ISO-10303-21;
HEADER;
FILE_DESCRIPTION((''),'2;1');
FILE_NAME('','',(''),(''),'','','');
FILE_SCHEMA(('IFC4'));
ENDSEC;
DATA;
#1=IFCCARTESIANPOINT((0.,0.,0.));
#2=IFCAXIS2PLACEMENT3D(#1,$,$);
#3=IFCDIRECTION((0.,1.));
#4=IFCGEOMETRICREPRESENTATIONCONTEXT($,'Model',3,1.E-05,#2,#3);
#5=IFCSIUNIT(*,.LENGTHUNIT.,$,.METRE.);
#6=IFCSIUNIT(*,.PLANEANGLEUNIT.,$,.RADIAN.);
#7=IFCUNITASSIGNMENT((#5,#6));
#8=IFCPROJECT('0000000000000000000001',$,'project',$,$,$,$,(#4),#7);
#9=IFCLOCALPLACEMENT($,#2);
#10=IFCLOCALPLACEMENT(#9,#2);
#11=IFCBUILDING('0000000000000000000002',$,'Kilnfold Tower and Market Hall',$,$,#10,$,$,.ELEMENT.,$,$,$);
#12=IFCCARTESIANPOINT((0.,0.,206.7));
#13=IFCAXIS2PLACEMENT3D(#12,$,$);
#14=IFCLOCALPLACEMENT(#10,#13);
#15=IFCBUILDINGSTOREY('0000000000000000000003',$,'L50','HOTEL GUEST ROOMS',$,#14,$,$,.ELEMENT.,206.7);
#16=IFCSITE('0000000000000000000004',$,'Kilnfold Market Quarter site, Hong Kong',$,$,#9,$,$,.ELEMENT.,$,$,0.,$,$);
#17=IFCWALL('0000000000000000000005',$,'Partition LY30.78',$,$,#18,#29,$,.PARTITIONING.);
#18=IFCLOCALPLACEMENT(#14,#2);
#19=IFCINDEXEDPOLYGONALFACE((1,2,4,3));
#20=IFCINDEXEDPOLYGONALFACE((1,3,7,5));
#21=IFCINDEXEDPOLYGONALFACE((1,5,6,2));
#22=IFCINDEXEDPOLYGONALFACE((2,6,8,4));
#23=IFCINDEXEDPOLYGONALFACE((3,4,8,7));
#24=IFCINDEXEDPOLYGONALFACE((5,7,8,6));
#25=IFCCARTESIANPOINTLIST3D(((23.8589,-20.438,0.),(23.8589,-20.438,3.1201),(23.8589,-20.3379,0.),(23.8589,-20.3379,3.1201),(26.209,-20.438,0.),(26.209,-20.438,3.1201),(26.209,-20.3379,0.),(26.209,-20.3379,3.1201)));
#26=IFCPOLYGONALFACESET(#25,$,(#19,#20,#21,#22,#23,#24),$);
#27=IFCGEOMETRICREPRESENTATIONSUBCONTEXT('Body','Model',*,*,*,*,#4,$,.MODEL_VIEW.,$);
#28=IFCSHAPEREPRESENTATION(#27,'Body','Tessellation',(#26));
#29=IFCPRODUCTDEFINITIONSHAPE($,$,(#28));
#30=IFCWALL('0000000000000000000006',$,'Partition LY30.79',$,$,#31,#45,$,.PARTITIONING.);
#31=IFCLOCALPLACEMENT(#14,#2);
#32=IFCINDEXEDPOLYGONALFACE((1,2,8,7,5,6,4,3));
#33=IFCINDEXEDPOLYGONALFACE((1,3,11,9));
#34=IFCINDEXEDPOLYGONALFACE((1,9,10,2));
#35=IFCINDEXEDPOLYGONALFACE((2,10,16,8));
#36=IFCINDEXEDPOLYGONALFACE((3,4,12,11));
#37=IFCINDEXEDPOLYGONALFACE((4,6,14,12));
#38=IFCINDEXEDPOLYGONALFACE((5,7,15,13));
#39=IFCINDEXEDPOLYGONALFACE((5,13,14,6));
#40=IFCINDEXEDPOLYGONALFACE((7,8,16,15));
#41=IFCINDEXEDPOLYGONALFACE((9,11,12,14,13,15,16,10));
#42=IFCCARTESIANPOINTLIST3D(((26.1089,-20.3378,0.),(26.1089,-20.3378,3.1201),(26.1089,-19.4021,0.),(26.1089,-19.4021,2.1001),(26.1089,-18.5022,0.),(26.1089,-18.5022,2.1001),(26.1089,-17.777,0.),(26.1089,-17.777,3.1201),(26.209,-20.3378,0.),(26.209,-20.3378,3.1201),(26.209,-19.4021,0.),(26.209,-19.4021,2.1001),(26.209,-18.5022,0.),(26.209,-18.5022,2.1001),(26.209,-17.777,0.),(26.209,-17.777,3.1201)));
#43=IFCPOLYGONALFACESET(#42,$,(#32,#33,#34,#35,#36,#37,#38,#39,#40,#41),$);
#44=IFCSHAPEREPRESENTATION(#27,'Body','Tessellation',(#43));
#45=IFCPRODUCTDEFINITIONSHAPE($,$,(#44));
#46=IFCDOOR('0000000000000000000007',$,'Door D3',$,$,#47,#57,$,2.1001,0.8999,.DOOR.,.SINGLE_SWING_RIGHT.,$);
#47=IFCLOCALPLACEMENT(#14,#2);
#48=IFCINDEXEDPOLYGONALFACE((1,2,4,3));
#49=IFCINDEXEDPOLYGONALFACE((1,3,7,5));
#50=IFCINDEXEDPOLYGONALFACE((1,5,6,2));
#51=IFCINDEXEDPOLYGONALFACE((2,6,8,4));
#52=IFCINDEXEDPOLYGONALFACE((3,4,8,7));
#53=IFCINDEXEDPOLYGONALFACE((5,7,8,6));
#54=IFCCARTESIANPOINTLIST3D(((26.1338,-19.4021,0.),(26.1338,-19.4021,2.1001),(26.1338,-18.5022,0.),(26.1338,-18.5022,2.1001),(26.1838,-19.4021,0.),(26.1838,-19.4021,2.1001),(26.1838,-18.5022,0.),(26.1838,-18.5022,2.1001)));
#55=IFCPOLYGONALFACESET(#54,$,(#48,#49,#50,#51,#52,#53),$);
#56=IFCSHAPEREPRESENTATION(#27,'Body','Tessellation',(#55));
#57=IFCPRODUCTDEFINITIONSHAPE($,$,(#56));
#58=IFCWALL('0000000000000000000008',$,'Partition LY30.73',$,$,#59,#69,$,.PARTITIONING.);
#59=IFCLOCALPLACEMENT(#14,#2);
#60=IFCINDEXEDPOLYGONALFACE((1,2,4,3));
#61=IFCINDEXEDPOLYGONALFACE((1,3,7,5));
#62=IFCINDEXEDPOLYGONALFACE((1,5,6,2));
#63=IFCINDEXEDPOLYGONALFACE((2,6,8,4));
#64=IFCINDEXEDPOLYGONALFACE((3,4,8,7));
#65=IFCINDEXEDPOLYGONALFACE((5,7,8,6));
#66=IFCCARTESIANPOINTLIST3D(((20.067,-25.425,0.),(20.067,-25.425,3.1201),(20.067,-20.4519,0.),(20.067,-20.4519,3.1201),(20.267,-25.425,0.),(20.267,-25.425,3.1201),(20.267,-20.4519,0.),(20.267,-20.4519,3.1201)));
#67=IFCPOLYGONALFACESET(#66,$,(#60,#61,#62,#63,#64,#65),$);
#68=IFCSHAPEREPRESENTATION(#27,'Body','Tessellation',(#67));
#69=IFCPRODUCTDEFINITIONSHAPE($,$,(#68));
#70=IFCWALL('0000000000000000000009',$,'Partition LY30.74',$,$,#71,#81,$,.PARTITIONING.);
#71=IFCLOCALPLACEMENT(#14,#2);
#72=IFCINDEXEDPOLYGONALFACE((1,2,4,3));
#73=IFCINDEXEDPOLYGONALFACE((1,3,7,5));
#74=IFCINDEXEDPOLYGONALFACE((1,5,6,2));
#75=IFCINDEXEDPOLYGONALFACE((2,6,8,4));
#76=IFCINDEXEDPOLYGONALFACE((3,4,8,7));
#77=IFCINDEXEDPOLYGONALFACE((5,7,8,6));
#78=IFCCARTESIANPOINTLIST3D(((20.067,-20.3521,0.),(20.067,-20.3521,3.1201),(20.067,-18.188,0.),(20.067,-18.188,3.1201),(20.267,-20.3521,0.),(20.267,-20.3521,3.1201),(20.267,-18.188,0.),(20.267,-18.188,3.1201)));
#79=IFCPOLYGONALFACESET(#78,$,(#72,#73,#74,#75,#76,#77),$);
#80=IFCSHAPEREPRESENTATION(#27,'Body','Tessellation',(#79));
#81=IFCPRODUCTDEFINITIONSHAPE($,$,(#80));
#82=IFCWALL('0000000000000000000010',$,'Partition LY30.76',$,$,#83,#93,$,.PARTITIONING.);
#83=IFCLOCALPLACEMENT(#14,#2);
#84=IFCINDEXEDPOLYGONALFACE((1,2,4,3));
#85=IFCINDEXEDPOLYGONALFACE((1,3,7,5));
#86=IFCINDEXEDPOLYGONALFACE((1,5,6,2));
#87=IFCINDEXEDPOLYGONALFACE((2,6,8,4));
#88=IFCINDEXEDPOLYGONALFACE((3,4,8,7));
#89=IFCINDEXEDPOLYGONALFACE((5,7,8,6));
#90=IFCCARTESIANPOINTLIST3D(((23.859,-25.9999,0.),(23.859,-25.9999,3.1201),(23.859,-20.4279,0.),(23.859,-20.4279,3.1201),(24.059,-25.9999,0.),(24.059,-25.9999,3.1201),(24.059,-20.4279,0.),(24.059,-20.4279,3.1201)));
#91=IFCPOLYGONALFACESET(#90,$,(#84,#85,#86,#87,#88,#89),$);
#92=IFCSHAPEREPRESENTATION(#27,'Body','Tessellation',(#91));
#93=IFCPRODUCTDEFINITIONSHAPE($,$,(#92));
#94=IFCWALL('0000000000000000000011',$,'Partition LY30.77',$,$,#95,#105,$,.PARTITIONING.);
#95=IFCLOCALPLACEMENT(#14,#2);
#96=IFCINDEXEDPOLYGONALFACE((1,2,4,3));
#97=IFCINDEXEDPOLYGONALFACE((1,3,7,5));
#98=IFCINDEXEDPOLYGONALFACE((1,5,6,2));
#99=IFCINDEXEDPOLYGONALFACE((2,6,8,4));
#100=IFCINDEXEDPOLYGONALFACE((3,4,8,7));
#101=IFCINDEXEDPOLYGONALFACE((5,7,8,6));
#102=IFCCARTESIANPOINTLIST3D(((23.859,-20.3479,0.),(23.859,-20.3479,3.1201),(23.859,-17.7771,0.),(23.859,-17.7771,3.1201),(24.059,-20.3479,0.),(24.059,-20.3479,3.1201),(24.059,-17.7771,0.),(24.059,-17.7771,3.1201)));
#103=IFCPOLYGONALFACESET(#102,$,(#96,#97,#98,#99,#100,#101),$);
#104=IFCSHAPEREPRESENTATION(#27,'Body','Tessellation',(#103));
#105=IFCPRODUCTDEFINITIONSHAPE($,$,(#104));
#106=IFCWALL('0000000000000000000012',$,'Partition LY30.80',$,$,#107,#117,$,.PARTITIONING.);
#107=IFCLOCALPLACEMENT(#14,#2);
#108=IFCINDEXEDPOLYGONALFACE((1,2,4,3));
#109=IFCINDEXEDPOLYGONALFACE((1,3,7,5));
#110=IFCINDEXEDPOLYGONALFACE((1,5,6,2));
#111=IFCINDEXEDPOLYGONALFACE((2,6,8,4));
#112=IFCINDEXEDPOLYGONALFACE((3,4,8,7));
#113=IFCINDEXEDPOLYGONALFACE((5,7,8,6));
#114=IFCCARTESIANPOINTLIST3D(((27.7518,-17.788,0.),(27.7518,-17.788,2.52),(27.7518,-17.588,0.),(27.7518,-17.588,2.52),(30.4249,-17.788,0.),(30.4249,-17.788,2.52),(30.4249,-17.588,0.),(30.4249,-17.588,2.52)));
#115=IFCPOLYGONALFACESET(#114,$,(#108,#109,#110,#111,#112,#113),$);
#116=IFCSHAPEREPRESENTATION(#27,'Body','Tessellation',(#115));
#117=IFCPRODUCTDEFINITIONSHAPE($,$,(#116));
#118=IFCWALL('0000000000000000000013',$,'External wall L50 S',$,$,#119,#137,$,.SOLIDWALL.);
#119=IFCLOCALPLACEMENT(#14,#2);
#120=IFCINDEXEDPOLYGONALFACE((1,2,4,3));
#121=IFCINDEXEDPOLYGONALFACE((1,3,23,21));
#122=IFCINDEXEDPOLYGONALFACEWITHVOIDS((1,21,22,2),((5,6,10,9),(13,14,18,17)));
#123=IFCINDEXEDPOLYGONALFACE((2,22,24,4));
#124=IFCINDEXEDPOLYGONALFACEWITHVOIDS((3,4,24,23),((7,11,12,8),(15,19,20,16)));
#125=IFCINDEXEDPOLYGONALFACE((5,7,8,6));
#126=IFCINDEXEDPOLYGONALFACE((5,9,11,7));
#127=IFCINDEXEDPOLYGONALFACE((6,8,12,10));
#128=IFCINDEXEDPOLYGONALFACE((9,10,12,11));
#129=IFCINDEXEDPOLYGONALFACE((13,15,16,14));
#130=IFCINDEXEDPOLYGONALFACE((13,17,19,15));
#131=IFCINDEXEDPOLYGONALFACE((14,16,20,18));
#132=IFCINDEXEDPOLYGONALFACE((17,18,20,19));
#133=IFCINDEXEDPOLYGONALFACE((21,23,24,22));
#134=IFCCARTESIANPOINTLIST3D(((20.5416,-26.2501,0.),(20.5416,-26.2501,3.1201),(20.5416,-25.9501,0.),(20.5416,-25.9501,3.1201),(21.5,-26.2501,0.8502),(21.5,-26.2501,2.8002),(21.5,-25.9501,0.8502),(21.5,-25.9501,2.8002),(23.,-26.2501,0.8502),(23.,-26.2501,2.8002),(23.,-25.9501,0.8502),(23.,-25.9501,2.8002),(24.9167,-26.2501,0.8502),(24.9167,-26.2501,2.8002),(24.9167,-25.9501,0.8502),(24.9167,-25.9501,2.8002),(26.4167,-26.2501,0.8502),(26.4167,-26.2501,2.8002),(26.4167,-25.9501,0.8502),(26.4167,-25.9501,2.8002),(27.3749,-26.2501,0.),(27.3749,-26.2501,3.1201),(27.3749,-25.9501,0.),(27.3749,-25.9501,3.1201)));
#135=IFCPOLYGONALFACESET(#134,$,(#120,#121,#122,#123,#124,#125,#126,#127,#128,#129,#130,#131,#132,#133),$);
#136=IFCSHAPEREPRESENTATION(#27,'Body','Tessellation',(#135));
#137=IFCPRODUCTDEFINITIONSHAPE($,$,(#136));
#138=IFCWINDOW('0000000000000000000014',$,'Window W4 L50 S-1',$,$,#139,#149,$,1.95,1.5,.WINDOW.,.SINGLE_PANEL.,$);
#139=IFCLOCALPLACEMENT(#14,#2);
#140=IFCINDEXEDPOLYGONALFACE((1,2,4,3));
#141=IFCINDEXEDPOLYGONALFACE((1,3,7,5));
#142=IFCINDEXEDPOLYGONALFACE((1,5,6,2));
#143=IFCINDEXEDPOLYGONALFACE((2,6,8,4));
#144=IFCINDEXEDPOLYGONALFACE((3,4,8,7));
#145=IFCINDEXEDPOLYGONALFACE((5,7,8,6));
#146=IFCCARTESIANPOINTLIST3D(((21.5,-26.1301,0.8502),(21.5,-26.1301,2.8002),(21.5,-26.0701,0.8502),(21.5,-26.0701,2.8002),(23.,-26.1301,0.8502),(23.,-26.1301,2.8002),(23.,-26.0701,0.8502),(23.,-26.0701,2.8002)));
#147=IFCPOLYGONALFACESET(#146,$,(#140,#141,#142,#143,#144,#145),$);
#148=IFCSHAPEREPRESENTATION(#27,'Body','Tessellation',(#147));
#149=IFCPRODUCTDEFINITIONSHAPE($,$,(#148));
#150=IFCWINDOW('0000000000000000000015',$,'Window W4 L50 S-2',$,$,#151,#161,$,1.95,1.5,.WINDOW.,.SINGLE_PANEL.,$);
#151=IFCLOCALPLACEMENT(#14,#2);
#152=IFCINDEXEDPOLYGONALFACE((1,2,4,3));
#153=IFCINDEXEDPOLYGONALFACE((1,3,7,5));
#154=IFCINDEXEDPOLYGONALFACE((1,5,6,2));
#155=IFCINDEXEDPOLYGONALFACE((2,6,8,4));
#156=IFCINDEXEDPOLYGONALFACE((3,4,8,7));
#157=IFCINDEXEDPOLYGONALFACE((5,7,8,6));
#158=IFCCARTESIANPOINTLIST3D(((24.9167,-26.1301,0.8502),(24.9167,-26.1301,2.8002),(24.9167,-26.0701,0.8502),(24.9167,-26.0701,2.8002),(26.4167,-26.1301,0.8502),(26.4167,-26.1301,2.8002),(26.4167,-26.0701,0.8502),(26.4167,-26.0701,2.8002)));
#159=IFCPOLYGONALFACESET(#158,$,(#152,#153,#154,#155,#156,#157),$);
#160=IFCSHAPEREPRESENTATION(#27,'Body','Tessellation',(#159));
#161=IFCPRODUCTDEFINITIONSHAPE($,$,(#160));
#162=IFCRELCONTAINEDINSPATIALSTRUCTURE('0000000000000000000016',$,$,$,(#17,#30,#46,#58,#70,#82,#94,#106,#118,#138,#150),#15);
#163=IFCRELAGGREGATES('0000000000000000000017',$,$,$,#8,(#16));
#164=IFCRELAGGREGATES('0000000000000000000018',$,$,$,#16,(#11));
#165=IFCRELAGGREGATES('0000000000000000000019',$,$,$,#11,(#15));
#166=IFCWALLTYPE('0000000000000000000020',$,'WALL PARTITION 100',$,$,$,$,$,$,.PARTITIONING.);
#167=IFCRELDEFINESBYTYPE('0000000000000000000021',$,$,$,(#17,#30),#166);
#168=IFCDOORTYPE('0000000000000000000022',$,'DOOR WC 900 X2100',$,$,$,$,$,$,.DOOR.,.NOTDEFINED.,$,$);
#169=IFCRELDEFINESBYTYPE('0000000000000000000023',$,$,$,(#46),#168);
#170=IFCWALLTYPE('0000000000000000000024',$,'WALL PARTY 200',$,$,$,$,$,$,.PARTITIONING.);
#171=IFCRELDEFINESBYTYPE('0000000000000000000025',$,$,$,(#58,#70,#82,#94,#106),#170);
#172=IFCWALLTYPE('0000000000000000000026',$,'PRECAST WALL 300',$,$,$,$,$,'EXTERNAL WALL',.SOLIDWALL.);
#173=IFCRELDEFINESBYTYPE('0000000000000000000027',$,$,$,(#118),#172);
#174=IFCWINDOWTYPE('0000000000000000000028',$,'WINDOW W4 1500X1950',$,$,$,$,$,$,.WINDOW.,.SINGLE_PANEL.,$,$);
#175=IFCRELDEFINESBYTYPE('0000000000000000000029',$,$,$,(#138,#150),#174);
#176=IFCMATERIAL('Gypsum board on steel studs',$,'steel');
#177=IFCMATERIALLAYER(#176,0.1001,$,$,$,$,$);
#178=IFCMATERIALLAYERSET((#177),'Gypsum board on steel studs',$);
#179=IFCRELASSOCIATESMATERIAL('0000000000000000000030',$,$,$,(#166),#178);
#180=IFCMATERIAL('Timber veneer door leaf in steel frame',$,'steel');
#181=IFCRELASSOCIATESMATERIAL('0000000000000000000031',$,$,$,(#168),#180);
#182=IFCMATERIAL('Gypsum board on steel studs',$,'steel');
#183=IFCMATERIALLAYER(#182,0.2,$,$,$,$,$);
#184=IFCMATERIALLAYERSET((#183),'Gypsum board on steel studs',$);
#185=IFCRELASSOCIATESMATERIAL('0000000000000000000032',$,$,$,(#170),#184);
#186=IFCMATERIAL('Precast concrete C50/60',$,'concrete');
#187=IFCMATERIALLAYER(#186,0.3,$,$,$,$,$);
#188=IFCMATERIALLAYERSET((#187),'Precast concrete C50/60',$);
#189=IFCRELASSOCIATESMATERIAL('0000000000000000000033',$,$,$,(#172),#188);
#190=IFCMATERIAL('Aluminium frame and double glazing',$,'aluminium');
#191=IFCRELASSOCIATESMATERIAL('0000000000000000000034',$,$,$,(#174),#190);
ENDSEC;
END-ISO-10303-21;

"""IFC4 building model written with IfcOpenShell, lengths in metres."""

from ifc_helpers import new_model, si_unit, direction, frame, frame_2d, origin, place, context, subcontext, project, spatial, rectangle, extrude, source, transform, mapped, material, layer, layer_set, type_object, element, fill, save


model = new_model("IFC4")

# Units and contexts
model_context = context("Model", 3, precision=1e-05, world=origin(), true_north=direction((0.0, 1.0)))
body_context = subcontext(model_context, "Body", "Model", "MODEL_VIEW")
ifc_project = project(units=[si_unit("LENGTHUNIT", "METRE"), si_unit("PLANEANGLEUNIT", "RADIAN")], contexts=[model_context])

# Site, building, storey
site_placement = place(None, origin())
site = spatial("IfcSite", under=ifc_project, at=site_placement, Name="Kilnfold Market Quarter site, Hong Kong", CompositionType="ELEMENT", RefElevation=0.0)
building_placement = place(site_placement, origin())
building = spatial("IfcBuilding", under=site, at=building_placement, Name="Kilnfold Tower and Market Hall", CompositionType="ELEMENT")
storey_placement = place(building_placement, frame((0.0, 0.0, 206.7)))
storey = spatial("IfcBuildingStorey", under=building, at=storey_placement, Name="L50", Description="HOTEL GUEST ROOMS", CompositionType="ELEMENT", Elevation=206.7)

# Shared definitions
ifc_material_1 = material(Name="Gypsum board on steel studs", Category="steel")
ifc_layer_1 = layer(ifc_material_1, 0.1001)
ifc_layer_set_1 = layer_set([ifc_layer_1], Name="Gypsum board on steel studs")
wall_type_1 = type_object("IfcWallType", Name="WALL PARTITION 100", PredefinedType="PARTITIONING", material=ifc_layer_set_1)
ifc_material_2 = material(Name="Timber veneer door leaf in steel frame", Category="steel")
door_type_1 = type_object("IfcDoorType", Name="DOOR WC 900 X2100", OperationType="NOTDEFINED", PredefinedType="DOOR", material=ifc_material_2)

# Wall
wall_1_placement = place(storey_placement, frame((23.8589, -20.3879, 0.0), z_axis=(0.0, 0.0, 1.0), x_axis=(1.0, 0.0, 0.0)))
element("IfcWall", 1, at=wall_1_placement, inside=storey, type_object=wall_type_1, Name="Partition LY30.78", PredefinedType="PARTITIONING", context=body_context, shape_type="SweptSolid", body=[
    extrude(rectangle(XDim=2.3501, YDim=0.1001, at=frame_2d((1.175, 0.0))), origin(), (0.0, 0.0, 1.0), 3.1201),
])

# Wall, opening, door
wall_2_placement = place(storey_placement, frame((26.1589, -17.7771, 0.0), z_axis=(0.0, 0.0, 1.0), x_axis=(0.0, -1.0, 0.0)))
wall_2 = element("IfcWall", 2, at=wall_2_placement, inside=storey, type_object=wall_type_1, Name="Partition LY30.79", PredefinedType="PARTITIONING", context=body_context, shape_type="SweptSolid", body=[
    extrude(rectangle(XDim=2.5608, YDim=0.1001, at=frame_2d((1.2803, 0.0))), origin(), (0.0, 0.0, 1.0), 3.1201),
])
opening_1_placement = place(wall_2_placement, frame((0.7251, 0.0, 0.0)))
opening_1 = element("IfcOpeningElement", 3, at=opening_1_placement, cuts=wall_2, PredefinedType="OPENING", context=body_context, shape_type="SweptSolid", body=[
    extrude(rectangle(XDim=0.8999, YDim=2.1001, at=frame_2d((0.45, 1.05))), frame((0.0, 0.0601, 0.0), z_axis=(0.0, -1.0, 0.0), x_axis=(1.0, 0.0, 0.0)), (0.0, 0.0, 1.0), 0.1201),
])
door_1_placement = place(opening_1_placement, origin())
door_1 = element("IfcDoor", 4, at=door_1_placement, inside=storey, type_object=door_type_1, Name="Door D3", OperationType="SINGLE_SWING_RIGHT", OverallHeight=2.1001, OverallWidth=0.8999, PredefinedType="DOOR", context=body_context, shape_type="SweptSolid", body=[
    extrude(rectangle(XDim=0.8999, YDim=2.1001, at=frame_2d((0.45, 1.05))), frame((0.0, 0.0249, 0.0), z_axis=(0.0, -1.0, 0.0), x_axis=(1.0, 0.0, 0.0)), (0.0, 0.0, 1.0), 0.05),
])
fill(opening_1, door_1)

# Walls
ifc_material_3 = material(Name="Gypsum board on steel studs", Category="steel")
ifc_layer_2 = layer(ifc_material_3, 0.2)
ifc_layer_set_2 = layer_set([ifc_layer_2], Name="Gypsum board on steel studs")
wall_type_2 = type_object("IfcWallType", Name="WALL PARTY 200", PredefinedType="PARTITIONING", material=ifc_layer_set_2)
wall_3_placement = place(storey_placement, frame((20.167, -25.425, 0.0), z_axis=(0.0, 0.0, 1.0), x_axis=(0.0, 1.0, 0.0)))
element("IfcWall", 5, at=wall_3_placement, inside=storey, type_object=wall_type_2, Name="Partition LY30.73", PredefinedType="PARTITIONING", context=body_context, shape_type="SweptSolid", body=[
    extrude(rectangle(XDim=4.9731, YDim=0.2, at=frame_2d((2.4866, 0.0))), origin(), (0.0, 0.0, 1.0), 3.1201),
])
wall_4_placement = place(storey_placement, frame((20.167, -20.3521, 0.0), z_axis=(0.0, 0.0, 1.0), x_axis=(0.0, 1.0, 0.0)))
element("IfcWall", 6, at=wall_4_placement, inside=storey, type_object=wall_type_2, Name="Partition LY30.74", PredefinedType="PARTITIONING", context=body_context, shape_type="SweptSolid", body=[
    extrude(rectangle(XDim=2.1641, YDim=0.2, at=frame_2d((1.082, 0.0))), origin(), (0.0, 0.0, 1.0), 3.1201),
])
wall_5_placement = place(storey_placement, frame((23.959, -26.0, 0.0), z_axis=(0.0, 0.0, 1.0), x_axis=(0.0, 1.0, 0.0)))
element("IfcWall", 7, at=wall_5_placement, inside=storey, type_object=wall_type_2, Name="Partition LY30.76", PredefinedType="PARTITIONING", context=body_context, shape_type="SweptSolid", body=[
    extrude(rectangle(XDim=5.572, YDim=0.2, at=frame_2d((2.7861, 0.0))), origin(), (0.0, 0.0, 1.0), 3.1201),
])
wall_6_placement = place(storey_placement, frame((23.959, -20.3479, 0.0), z_axis=(0.0, 0.0, 1.0), x_axis=(0.0, 1.0, 0.0)))
element("IfcWall", 8, at=wall_6_placement, inside=storey, type_object=wall_type_2, Name="Partition LY30.77", PredefinedType="PARTITIONING", context=body_context, shape_type="SweptSolid", body=[
    extrude(rectangle(XDim=2.5708, YDim=0.2, at=frame_2d((1.2854, 0.0))), origin(), (0.0, 0.0, 1.0), 3.1201),
])
wall_7_placement = place(storey_placement, frame((27.752, -17.688, 0.0), z_axis=(0.0, 0.0, 1.0), x_axis=(1.0, 0.0, 0.0)))
element("IfcWall", 9, at=wall_7_placement, inside=storey, type_object=wall_type_2, Name="Partition LY30.80", PredefinedType="PARTITIONING", context=body_context, shape_type="SweptSolid", body=[
    extrude(rectangle(XDim=2.6731, YDim=0.2, at=frame_2d((1.3364, 0.0))), origin(), (0.0, 0.0, 1.0), 2.52),
])

# Wall, openings, windows
ifc_material_4 = material(Name="Precast concrete C50/60", Category="concrete")
ifc_layer_3 = layer(ifc_material_4, 0.3)
ifc_layer_set_3 = layer_set([ifc_layer_3], Name="Precast concrete C50/60")
wall_type_3 = type_object("IfcWallType", Name="PRECAST WALL 300", ElementType="EXTERNAL WALL", PredefinedType="SOLIDWALL", material=ifc_layer_set_3)
shared_shape_1 = source(origin(), body_context, "Body", "SweptSolid", [
    extrude(rectangle(XDim=6.8333, YDim=0.3, at=frame_2d((3.4165, 0.0))), origin(), (0.0, 0.0, 1.0), 3.1201),
])
wall_8_placement = place(storey_placement, frame((20.5417, -26.1001, 0.0), z_axis=(0.0, 0.0, 1.0), x_axis=(1.0, 0.0, 0.0)))
wall_8 = element("IfcWall", 10, at=wall_8_placement, inside=storey, type_object=wall_type_3, Name="External wall L50 S", PredefinedType="SOLIDWALL", context=body_context, shape_type="MappedRepresentation", body=[
    mapped(shared_shape_1, transform((0.0, 0.0, 0.0))),
])
opening_2_placement = place(wall_8_placement, frame((0.9583, 0.0, 0.8501)))
opening_2 = element("IfcOpeningElement", 11, at=opening_2_placement, cuts=wall_8, PredefinedType="OPENING", context=body_context, shape_type="SweptSolid", body=[
    extrude(rectangle(XDim=1.5, YDim=1.95, at=frame_2d((0.75, 0.9751))), frame((0.0, 0.1602, 0.0), z_axis=(0.0, -1.0, 0.0), x_axis=(1.0, 0.0, 0.0)), (0.0, 0.0, 1.0), 0.3201),
])
opening_3_placement = place(wall_8_placement, frame((4.375, 0.0, 0.8501)))
opening_3 = element("IfcOpeningElement", 12, at=opening_3_placement, cuts=wall_8, PredefinedType="OPENING", context=body_context, shape_type="SweptSolid", body=[
    extrude(rectangle(XDim=1.5, YDim=1.95, at=frame_2d((0.75, 0.9751))), frame((0.0, 0.1602, 0.0), z_axis=(0.0, -1.0, 0.0), x_axis=(1.0, 0.0, 0.0)), (0.0, 0.0, 1.0), 0.3201),
])
ifc_material_5 = material(Name="Aluminium frame and double glazing", Category="aluminium")
window_type = type_object("IfcWindowType", Name="WINDOW W4 1500X1950", PartitioningType="SINGLE_PANEL", PredefinedType="WINDOW", material=ifc_material_5)
window_1_placement = place(opening_2_placement, origin())
window_1 = element("IfcWindow", 13, at=window_1_placement, inside=storey, type_object=window_type, Name="Window W4 L50 S-1", OverallHeight=1.95, OverallWidth=1.5, PartitioningType="SINGLE_PANEL", PredefinedType="WINDOW", context=body_context, shape_type="SweptSolid", body=[
    extrude(rectangle(XDim=1.5, YDim=1.95, at=frame_2d((0.75, 0.9751))), frame((0.0, 0.03, 0.0), z_axis=(0.0, -1.0, 0.0), x_axis=(1.0, 0.0, 0.0)), (0.0, 0.0, 1.0), 0.0601),
])
fill(opening_2, window_1)
window_2_placement = place(opening_3_placement, origin())
window_2 = element("IfcWindow", 14, at=window_2_placement, inside=storey, type_object=window_type, Name="Window W4 L50 S-2", OverallHeight=1.95, OverallWidth=1.5, PartitioningType="SINGLE_PANEL", PredefinedType="WINDOW", context=body_context, shape_type="SweptSolid", body=[
    extrude(rectangle(XDim=1.5, YDim=1.95, at=frame_2d((0.75, 0.9751))), frame((0.0, 0.03, 0.0), z_axis=(0.0, -1.0, 0.0), x_axis=(1.0, 0.0, 0.0)), (0.0, 0.0, 1.0), 0.0601),
])
fill(opening_3, window_2)

save(model, "model.ifc")
